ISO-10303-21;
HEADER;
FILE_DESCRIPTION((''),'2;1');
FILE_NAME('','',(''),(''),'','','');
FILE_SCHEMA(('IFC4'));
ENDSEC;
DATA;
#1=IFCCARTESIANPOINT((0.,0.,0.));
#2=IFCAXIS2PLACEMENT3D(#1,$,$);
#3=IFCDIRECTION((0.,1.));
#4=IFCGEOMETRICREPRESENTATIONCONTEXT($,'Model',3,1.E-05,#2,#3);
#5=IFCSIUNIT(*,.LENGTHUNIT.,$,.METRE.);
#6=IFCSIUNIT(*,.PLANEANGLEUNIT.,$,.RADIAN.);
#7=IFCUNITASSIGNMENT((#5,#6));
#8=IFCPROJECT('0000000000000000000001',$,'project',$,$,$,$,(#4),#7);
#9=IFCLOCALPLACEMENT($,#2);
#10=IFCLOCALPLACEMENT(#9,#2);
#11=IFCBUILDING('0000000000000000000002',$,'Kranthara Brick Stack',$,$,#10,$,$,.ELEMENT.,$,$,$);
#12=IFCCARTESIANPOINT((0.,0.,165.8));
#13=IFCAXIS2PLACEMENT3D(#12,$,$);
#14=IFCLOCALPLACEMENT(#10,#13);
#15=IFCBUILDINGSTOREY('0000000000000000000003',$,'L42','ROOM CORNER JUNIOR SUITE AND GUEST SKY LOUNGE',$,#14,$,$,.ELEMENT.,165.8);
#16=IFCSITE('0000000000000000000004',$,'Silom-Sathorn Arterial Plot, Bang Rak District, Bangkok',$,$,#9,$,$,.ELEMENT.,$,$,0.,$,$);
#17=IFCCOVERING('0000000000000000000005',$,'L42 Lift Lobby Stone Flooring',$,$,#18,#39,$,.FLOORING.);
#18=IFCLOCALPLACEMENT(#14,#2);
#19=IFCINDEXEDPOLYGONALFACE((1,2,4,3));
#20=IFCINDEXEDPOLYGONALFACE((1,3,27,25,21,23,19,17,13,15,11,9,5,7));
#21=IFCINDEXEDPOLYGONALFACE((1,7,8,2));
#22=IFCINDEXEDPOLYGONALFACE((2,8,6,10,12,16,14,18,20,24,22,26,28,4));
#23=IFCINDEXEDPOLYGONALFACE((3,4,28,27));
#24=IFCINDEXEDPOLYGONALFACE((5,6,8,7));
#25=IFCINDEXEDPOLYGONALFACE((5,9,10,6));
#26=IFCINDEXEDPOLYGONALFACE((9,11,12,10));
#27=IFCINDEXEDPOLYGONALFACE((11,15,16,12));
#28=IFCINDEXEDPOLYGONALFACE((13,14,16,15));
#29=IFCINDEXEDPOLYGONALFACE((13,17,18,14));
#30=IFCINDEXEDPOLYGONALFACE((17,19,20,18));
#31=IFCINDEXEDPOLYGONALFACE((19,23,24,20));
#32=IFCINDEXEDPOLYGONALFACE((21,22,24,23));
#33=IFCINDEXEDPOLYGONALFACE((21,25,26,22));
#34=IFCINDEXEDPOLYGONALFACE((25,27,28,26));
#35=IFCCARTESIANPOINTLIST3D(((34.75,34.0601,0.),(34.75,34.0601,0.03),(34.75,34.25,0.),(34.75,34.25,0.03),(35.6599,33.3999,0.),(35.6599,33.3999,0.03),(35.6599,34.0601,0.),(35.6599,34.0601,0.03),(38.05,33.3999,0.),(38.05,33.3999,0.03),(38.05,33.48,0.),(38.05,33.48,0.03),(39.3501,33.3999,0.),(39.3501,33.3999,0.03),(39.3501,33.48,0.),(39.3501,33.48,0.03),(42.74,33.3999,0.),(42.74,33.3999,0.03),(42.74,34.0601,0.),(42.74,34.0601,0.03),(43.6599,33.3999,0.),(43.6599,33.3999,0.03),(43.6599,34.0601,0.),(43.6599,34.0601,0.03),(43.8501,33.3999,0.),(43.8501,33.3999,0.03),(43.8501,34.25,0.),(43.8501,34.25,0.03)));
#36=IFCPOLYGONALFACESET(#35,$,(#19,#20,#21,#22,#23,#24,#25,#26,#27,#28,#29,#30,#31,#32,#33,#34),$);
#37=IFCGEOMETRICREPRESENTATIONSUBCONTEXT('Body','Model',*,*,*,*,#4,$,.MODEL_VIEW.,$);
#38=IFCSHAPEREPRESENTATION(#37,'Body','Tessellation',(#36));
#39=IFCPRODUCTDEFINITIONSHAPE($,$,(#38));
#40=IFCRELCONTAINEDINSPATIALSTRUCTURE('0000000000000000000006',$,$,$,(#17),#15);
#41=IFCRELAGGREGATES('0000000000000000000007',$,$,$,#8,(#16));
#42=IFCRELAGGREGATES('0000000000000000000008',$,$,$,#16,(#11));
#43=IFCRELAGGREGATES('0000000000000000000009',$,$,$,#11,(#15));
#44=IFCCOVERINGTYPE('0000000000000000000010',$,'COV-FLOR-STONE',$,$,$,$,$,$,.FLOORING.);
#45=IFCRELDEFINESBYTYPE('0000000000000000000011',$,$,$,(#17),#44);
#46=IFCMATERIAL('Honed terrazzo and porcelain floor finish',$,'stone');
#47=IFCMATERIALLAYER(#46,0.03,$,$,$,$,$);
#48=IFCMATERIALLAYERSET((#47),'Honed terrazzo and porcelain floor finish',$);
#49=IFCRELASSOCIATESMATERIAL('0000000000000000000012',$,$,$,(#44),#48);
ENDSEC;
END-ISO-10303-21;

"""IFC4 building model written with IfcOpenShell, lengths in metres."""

from ifc_helpers import new_model, si_unit, direction, frame, origin, place, context, subcontext, project, spatial, polyline, outline, extrude, material, layer, layer_set, type_object, element, save


model = new_model("IFC4")

# Units and contexts
model_context = context("Model", 3, precision=1e-05, world=origin(), true_north=direction((0.0, 1.0)))
body_context = subcontext(model_context, "Body", "Model", "MODEL_VIEW")
ifc_project = project(units=[si_unit("LENGTHUNIT", "METRE"), si_unit("PLANEANGLEUNIT", "RADIAN")], contexts=[model_context])

# Site, building, storey
site_placement = place(None, origin())
site = spatial("IfcSite", under=ifc_project, at=site_placement, Name="Silom-Sathorn Arterial Plot, Bang Rak District, Bangkok", CompositionType="ELEMENT", RefElevation=0.0)
building_placement = place(site_placement, origin())
building = spatial("IfcBuilding", under=site, at=building_placement, Name="Kranthara Brick Stack", CompositionType="ELEMENT")
storey_placement = place(building_placement, frame((0.0, 0.0, 165.8)))
storey = spatial("IfcBuildingStorey", under=building, at=storey_placement, Name="L42", Description="ROOM CORNER JUNIOR SUITE AND GUEST SKY LOUNGE", CompositionType="ELEMENT", Elevation=165.8)

# Covering
ifc_material_1 = material(Name="Honed terrazzo and porcelain floor finish", Category="stone")
ifc_layer_1 = layer(ifc_material_1, 0.03)
ifc_layer_set_1 = layer_set([ifc_layer_1], Name="Honed terrazzo and porcelain floor finish")
covering_type_1 = type_object("IfcCoveringType", Name="COV-FLOR-STONE", PredefinedType="FLOORING", material=ifc_layer_set_1)
covering_1_placement = place(storey_placement, origin())
element("IfcCovering", 1, at=covering_1_placement, inside=storey, type_object=covering_type_1, Name="L42 Lift Lobby Stone Flooring", PredefinedType="FLOORING", context=body_context, shape_type="SweptSolid", body=[
    extrude(outline(polyline([(43.6599, 33.3999), (43.6599, 34.0601), (42.74, 34.0601), (42.74, 33.3999), (39.3501, 33.3999), (39.3501, 33.48), (38.05, 33.48), (38.05, 33.3999), (35.6599, 33.3999), (35.6599, 34.0601), (34.75, 34.0601), (34.75, 34.25), (43.8501, 34.25), (43.8501, 33.3999), (43.6599, 33.3999)])), origin(), (0.0, 0.0, 1.0), 0.03),
])

save(model, "model.ifc")
